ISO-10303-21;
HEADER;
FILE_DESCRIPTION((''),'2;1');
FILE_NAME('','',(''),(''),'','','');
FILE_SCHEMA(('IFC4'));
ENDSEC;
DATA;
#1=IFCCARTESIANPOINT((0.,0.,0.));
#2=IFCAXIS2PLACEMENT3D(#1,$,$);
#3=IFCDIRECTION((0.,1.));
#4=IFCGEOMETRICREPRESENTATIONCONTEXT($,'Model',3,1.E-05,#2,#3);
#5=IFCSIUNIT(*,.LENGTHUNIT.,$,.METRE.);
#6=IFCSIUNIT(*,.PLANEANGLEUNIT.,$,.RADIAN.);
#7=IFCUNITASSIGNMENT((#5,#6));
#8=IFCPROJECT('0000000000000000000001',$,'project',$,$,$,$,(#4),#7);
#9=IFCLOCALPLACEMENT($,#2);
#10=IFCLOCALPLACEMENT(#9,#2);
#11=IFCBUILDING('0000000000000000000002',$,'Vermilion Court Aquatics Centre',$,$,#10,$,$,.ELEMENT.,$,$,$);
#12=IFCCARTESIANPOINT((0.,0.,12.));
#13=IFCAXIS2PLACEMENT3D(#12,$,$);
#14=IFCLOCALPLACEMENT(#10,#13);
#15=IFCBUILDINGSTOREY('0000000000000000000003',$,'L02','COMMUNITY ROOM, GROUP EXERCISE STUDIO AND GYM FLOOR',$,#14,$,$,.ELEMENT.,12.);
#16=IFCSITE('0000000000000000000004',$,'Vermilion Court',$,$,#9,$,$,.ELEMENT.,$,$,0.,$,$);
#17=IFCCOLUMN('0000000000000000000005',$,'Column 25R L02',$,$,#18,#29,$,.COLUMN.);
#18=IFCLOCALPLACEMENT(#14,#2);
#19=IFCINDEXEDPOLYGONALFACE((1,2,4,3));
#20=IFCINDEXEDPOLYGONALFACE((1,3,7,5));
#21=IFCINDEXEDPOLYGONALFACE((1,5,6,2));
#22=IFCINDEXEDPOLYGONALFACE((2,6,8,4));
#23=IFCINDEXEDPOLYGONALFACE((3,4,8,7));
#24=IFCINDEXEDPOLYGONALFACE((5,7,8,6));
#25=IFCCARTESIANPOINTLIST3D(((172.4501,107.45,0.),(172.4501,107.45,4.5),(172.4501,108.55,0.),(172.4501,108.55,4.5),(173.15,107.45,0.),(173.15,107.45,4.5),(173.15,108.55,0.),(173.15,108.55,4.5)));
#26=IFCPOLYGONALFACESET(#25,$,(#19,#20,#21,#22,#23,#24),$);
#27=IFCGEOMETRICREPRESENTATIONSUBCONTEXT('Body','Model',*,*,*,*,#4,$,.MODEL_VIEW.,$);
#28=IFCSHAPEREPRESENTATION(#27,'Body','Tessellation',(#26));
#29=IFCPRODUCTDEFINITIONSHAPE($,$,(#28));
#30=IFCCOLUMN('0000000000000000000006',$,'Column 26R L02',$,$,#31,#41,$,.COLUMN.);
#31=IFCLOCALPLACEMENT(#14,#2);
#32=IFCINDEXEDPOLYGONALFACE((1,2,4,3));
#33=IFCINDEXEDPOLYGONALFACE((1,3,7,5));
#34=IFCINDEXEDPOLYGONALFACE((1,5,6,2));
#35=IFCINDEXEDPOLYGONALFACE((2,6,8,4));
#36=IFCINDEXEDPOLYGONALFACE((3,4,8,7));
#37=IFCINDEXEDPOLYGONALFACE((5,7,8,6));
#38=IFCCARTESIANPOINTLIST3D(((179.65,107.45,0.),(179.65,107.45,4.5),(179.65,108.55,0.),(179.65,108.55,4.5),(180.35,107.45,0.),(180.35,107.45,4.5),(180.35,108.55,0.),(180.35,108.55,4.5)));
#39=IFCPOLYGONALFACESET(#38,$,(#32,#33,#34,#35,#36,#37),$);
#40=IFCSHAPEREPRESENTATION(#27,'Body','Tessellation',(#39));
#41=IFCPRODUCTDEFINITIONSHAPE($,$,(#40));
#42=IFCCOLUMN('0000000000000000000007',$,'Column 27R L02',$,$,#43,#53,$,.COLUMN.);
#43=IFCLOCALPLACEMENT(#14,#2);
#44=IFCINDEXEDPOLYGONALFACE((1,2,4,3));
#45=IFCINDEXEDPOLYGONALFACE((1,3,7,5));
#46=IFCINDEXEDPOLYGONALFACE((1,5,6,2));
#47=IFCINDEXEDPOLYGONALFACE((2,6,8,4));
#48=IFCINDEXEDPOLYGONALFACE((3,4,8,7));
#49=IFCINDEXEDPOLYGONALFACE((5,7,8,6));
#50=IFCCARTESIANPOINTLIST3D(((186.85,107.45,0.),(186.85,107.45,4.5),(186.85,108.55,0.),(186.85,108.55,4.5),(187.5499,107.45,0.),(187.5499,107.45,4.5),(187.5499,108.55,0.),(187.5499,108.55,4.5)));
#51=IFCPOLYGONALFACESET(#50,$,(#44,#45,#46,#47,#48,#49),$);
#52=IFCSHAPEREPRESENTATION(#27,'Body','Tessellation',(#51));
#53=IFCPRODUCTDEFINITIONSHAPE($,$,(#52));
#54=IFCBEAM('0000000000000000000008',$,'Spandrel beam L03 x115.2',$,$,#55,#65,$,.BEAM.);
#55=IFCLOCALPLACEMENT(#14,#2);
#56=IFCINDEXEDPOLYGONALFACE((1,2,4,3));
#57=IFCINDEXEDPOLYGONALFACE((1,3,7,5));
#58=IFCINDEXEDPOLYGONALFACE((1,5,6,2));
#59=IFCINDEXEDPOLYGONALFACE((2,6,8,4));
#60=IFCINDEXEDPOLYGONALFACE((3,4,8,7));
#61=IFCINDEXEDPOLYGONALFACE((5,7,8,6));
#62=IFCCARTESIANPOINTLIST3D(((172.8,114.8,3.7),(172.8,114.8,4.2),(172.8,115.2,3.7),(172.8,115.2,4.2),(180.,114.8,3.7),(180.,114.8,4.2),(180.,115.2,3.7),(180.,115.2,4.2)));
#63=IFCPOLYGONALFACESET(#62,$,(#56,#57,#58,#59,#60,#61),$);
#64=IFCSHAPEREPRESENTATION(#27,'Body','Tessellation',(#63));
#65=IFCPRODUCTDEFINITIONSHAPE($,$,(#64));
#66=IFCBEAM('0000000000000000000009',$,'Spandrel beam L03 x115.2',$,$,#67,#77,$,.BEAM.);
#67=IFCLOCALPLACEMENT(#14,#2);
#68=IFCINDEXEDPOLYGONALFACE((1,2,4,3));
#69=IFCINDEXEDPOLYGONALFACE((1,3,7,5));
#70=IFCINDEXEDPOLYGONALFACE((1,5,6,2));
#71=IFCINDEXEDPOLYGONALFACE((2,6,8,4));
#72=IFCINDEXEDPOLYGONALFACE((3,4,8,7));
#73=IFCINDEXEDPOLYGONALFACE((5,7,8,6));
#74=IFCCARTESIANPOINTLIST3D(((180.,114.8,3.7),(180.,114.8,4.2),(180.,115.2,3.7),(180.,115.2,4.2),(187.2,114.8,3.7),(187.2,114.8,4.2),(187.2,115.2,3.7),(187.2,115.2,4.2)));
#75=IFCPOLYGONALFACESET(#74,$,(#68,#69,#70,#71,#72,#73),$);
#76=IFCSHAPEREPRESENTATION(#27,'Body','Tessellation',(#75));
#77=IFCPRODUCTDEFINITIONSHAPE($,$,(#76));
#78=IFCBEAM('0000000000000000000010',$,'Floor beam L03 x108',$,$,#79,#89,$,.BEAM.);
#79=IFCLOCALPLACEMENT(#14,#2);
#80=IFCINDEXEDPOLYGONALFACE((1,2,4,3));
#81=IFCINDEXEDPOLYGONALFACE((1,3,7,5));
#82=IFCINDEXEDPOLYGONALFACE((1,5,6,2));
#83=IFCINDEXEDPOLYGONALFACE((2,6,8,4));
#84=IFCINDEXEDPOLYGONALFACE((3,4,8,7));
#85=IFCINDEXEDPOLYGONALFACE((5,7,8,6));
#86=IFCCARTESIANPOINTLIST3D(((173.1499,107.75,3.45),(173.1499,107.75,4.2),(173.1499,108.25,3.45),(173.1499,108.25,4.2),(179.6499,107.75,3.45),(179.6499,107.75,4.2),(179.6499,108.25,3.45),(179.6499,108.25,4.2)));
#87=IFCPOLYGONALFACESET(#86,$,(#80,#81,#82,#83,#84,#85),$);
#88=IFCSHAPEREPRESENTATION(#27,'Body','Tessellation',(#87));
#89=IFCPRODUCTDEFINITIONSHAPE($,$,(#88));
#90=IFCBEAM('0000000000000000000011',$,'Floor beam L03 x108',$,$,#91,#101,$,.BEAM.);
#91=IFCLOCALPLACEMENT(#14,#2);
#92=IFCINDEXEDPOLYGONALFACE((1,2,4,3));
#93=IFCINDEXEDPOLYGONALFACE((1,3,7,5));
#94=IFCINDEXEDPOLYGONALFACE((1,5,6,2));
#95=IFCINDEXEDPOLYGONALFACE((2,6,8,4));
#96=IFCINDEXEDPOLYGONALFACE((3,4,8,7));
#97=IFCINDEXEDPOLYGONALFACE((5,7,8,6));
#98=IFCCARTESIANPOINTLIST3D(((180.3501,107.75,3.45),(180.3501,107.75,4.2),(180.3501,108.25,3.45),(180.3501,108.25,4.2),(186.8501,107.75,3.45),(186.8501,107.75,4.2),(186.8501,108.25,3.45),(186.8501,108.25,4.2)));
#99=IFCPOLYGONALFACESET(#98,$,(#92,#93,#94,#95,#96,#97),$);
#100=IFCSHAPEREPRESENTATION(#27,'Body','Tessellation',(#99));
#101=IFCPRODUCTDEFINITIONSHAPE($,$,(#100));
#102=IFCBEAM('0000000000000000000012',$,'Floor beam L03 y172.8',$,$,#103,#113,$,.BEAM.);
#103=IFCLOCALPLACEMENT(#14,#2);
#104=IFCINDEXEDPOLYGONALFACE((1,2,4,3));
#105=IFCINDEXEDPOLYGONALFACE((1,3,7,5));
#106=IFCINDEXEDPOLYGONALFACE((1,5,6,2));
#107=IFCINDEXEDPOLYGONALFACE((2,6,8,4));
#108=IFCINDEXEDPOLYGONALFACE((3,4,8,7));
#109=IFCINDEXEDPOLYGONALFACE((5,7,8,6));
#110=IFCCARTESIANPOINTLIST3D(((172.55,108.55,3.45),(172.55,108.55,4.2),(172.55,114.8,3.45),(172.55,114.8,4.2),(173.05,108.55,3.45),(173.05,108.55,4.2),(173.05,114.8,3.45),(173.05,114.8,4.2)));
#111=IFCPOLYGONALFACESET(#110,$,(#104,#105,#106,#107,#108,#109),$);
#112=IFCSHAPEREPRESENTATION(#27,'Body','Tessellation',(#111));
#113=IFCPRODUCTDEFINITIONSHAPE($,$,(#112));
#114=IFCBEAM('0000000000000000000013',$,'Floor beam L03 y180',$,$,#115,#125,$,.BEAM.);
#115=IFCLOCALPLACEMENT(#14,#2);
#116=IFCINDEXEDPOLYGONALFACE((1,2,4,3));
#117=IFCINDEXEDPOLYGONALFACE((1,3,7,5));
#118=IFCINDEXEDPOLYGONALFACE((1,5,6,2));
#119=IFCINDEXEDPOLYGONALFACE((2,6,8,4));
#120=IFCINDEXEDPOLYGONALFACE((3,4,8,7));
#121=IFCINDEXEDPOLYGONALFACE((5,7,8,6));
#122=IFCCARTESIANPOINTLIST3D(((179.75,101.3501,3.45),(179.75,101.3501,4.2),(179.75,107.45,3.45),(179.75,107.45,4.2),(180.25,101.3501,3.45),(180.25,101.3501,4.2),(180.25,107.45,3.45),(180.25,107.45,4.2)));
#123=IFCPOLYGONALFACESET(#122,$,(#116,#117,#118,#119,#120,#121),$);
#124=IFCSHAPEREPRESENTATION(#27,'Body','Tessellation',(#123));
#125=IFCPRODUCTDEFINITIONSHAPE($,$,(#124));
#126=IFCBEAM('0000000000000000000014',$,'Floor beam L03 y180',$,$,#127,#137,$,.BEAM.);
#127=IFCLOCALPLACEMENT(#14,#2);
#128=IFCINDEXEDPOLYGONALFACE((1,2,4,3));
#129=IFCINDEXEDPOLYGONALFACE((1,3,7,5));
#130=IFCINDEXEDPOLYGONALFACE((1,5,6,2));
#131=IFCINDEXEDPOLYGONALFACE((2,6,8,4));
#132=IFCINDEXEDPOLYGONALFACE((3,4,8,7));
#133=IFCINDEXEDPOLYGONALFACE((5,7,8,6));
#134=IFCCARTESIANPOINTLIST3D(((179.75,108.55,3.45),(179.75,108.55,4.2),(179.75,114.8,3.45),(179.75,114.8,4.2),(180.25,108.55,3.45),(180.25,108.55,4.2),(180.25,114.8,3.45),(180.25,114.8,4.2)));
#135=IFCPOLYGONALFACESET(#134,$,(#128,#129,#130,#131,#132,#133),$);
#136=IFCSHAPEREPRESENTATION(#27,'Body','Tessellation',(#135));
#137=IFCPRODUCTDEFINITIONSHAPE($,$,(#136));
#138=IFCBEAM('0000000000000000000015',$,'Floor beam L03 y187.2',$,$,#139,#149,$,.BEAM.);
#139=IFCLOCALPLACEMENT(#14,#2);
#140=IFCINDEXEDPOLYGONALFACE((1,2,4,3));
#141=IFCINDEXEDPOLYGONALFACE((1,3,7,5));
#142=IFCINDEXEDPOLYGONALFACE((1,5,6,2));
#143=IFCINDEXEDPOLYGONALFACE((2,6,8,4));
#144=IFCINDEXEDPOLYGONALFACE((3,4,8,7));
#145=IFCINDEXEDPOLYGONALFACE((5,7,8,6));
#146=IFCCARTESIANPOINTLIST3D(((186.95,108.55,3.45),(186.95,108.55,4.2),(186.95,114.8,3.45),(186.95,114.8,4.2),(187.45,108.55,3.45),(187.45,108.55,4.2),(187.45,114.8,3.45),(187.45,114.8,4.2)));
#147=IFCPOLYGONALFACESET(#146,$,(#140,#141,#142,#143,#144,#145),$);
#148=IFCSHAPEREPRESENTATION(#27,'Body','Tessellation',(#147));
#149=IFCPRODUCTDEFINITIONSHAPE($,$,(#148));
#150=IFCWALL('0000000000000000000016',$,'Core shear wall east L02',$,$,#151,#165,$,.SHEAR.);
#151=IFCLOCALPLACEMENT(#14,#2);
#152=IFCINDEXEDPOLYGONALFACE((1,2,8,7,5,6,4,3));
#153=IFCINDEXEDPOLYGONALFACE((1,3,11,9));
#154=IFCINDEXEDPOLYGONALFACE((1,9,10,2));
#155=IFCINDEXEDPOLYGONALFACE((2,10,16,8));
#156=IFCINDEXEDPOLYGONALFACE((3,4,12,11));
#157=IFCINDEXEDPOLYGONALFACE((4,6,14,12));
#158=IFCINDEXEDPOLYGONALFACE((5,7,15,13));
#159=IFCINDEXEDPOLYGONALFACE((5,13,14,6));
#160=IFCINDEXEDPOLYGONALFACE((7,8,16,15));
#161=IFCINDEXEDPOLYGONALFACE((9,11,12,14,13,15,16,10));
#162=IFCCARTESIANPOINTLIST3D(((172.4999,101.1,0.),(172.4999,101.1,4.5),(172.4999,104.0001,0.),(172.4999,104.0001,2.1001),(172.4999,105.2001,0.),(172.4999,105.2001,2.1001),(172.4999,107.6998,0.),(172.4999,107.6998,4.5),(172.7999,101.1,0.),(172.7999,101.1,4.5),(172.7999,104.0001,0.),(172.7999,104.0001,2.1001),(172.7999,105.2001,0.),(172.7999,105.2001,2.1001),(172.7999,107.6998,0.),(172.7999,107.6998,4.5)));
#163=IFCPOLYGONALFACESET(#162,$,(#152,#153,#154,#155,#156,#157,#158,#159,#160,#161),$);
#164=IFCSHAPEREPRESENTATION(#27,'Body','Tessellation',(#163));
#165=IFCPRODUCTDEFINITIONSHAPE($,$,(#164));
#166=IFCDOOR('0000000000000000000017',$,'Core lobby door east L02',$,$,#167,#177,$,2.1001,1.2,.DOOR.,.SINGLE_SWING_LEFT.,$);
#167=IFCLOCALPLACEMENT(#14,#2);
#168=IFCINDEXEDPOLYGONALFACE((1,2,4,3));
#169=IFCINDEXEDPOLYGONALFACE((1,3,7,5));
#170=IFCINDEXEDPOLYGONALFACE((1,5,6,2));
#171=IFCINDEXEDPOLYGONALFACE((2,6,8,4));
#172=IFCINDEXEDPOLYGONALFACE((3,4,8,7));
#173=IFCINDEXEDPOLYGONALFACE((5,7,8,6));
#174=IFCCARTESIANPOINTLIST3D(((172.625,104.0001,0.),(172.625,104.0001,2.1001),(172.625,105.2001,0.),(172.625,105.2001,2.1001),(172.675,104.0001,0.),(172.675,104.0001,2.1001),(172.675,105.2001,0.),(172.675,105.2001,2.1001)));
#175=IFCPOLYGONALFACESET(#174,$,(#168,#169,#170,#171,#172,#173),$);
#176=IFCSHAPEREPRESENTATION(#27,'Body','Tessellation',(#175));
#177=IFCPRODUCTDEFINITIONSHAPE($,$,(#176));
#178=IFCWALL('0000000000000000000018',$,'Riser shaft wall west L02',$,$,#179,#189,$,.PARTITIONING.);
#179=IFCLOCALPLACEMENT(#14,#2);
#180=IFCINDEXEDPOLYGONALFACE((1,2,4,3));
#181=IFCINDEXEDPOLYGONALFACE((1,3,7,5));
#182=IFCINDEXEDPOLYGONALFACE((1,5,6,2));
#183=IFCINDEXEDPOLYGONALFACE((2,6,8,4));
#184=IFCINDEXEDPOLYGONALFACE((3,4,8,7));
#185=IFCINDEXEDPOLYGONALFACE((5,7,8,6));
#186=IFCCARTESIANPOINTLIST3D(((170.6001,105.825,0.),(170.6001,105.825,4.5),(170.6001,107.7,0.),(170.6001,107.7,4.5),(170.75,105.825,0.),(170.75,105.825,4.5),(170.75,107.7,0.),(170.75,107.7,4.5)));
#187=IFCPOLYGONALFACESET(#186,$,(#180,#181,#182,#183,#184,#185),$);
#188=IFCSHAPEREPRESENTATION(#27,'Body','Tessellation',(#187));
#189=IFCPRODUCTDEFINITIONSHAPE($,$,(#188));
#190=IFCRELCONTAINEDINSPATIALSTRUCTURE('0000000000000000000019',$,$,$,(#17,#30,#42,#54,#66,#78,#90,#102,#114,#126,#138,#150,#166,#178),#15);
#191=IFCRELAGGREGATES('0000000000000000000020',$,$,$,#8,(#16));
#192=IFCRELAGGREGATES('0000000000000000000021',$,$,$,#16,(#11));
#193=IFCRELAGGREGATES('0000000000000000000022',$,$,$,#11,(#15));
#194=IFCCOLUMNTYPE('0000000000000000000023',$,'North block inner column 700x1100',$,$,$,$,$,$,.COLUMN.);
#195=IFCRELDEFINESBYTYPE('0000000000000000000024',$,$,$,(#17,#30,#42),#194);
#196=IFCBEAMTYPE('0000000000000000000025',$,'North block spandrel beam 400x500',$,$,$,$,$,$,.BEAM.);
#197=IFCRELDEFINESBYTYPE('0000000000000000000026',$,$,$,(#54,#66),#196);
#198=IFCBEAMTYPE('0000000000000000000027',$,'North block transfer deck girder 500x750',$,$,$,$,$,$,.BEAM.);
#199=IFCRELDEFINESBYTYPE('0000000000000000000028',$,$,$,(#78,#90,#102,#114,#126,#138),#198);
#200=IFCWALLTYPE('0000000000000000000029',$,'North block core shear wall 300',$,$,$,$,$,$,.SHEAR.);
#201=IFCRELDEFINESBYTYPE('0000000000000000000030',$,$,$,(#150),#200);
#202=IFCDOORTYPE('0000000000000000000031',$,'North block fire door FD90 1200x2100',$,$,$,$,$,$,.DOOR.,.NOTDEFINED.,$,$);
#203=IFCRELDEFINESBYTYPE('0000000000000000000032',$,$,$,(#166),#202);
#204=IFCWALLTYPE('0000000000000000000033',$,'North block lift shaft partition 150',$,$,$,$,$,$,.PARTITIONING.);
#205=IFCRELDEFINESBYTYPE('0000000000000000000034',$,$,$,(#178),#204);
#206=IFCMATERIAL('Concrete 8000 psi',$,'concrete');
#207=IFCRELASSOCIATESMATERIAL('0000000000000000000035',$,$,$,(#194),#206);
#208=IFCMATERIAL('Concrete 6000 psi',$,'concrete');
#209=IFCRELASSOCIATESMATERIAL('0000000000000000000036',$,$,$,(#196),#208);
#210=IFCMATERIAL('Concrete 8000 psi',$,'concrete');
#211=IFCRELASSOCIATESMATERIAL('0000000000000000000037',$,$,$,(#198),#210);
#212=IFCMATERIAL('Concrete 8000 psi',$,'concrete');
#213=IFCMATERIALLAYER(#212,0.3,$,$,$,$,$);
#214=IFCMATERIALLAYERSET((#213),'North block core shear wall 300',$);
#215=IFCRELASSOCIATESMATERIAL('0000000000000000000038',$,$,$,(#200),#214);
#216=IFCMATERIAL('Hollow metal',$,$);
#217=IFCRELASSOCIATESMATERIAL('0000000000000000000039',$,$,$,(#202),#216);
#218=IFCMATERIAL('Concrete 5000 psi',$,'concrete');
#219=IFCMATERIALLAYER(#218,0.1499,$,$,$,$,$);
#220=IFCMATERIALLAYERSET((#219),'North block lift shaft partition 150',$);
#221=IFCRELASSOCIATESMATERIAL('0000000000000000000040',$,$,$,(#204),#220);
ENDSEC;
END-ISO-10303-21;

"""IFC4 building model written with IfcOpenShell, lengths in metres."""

from ifc_helpers import new_model, si_unit, direction, frame, frame_2d, origin, origin_2d, place, context, subcontext, project, spatial, rectangle, extrude, material, layer, layer_set, material_profile, profile_set, type_object, element, fill, save


model = new_model("IFC4")

# Units and contexts
model_context = context("Model", 3, precision=1e-05, world=origin(), true_north=direction((0.0, 1.0)))
body_context = subcontext(model_context, "Body", "Model", "MODEL_VIEW")
ifc_project = project(units=[si_unit("LENGTHUNIT", "METRE"), si_unit("PLANEANGLEUNIT", "RADIAN")], contexts=[model_context])

# Site, building, storey
site_placement = place(None, origin())
site = spatial("IfcSite", under=ifc_project, at=site_placement, Name="Vermilion Court", CompositionType="ELEMENT", RefElevation=0.0)
building_placement = place(site_placement, origin())
building = spatial("IfcBuilding", under=site, at=building_placement, Name="Vermilion Court Aquatics Centre", CompositionType="ELEMENT")
storey_placement = place(building_placement, frame((0.0, 0.0, 12.0)))
storey = spatial("IfcBuildingStorey", under=building, at=storey_placement, Name="L02", Description="COMMUNITY ROOM, GROUP EXERCISE STUDIO AND GYM FLOOR", CompositionType="ELEMENT", Elevation=12.0)

# Columns
ifc_material_1 = material(Name="Concrete 8000 psi", Category="concrete")
ifc_material_profile_1 = material_profile(ifc_material_1, rectangle(XDim=0.7, YDim=1.1001, at=origin_2d()), Name="RC 700x1100")
ifc_profile_set_1 = profile_set([ifc_material_profile_1], Name="Concrete 8000 psi")
column_type = type_object("IfcColumnType", Name="North block inner column 700x1100", PredefinedType="COLUMN", material=ifc_profile_set_1)
for number, where, z_axis, x_axis, name in (
    (1, (172.8, 108.0, 0.0), (0.0, 0.0, 1.0), (1.0, 0.0, 0.0), "Column 25R L02"),
    (2, (180.0, 108.0, 0.0), (0.0, 0.0, 1.0), (1.0, 0.0, 0.0), "Column 26R L02"),
    (3, (187.2, 108.0, 0.0), (0.0, 0.0, 1.0), (1.0, 0.0, 0.0), "Column 27R L02"),
):
    element("IfcColumn", number, at=place(storey_placement, frame(where, z_axis=z_axis, x_axis=x_axis)), inside=storey, type_object=column_type, Name=name, PredefinedType="COLUMN", context=body_context, shape_type="SweptSolid", body=[
        extrude(rectangle(XDim=0.7, YDim=1.1001, at=origin_2d()), origin(), (0.0, 0.0, 1.0), 4.5),
    ])

# Beams
ifc_material_2 = material(Name="Concrete 6000 psi", Category="concrete")
ifc_material_profile_2 = material_profile(ifc_material_2, rectangle(XDim=0.3999, YDim=0.5, at=origin_2d()), Name="RC 400x500")
ifc_profile_set_2 = profile_set([ifc_material_profile_2], Name="Concrete 6000 psi")
beam_type_1 = type_object("IfcBeamType", Name="North block spandrel beam 400x500", PredefinedType="BEAM", material=ifc_profile_set_2)
for number, where, z_axis, x_axis, name in (
    (4, (172.8, 115.0, 3.95), (1.0, 0.0, 0.0), (0.0, 1.0, 0.0), "Spandrel beam L03 x115.2"),
    (5, (180.0, 115.0, 3.95), (1.0, 0.0, 0.0), (0.0, 1.0, 0.0), "Spandrel beam L03 x115.2"),
):
    element("IfcBeam", number, at=place(storey_placement, frame(where, z_axis=z_axis, x_axis=x_axis)), inside=storey, type_object=beam_type_1, Name=name, PredefinedType="BEAM", context=body_context, shape_type="SweptSolid", body=[
        extrude(rectangle(XDim=0.3999, YDim=0.5, at=origin_2d()), origin(), (0.0, 0.0, 1.0), 7.2),
    ])
ifc_material_3 = material(Name="Concrete 8000 psi", Category="concrete")
ifc_material_profile_3 = material_profile(ifc_material_3, rectangle(XDim=0.5, YDim=0.75, at=origin_2d()), Name="RC 500x750")
ifc_profile_set_3 = profile_set([ifc_material_profile_3], Name="Concrete 8000 psi")
beam_type_2 = type_object("IfcBeamType", Name="North block transfer deck girder 500x750", PredefinedType="BEAM", material=ifc_profile_set_3)
for number, where, z_axis, x_axis, name in (
    (6, (173.1499, 108.0, 3.825), (1.0, 0.0, 0.0), (0.0, 1.0, 0.0), "Floor beam L03 x108"),
    (7, (180.3501, 108.0, 3.825), (1.0, 0.0, 0.0), (0.0, 1.0, 0.0), "Floor beam L03 x108"),
):
    element("IfcBeam", number, at=place(storey_placement, frame(where, z_axis=z_axis, x_axis=x_axis)), inside=storey, type_object=beam_type_2, Name=name, PredefinedType="BEAM", context=body_context, shape_type="SweptSolid", body=[
        extrude(rectangle(XDim=0.5, YDim=0.75, at=origin_2d()), origin(), (0.0, 0.0, 1.0), 6.5),
    ])
beam_1_placement = place(storey_placement, frame((172.8, 108.55, 3.825), z_axis=(0.0, 1.0, 0.0), x_axis=(-1.0, 0.0, 0.0)))
element("IfcBeam", 8, at=beam_1_placement, inside=storey, type_object=beam_type_2, Name="Floor beam L03 y172.8", PredefinedType="BEAM", context=body_context, shape_type="SweptSolid", body=[
    extrude(rectangle(XDim=0.5, YDim=0.75, at=origin_2d()), origin(), (0.0, 0.0, 1.0), 6.25),
])
beam_2_placement = place(storey_placement, frame((180.0, 101.3501, 3.825), z_axis=(0.0, 1.0, 0.0), x_axis=(-1.0, 0.0, 0.0)))
element("IfcBeam", 9, at=beam_2_placement, inside=storey, type_object=beam_type_2, Name="Floor beam L03 y180", PredefinedType="BEAM", context=body_context, shape_type="SweptSolid", body=[
    extrude(rectangle(XDim=0.5, YDim=0.75, at=origin_2d()), origin(), (0.0, 0.0, 1.0), 6.0999),
])
for number, where, z_axis, x_axis, name in (
    (10, (180.0, 108.55, 3.825), (0.0, 1.0, 0.0), (-1.0, 0.0, 0.0), "Floor beam L03 y180"),
    (11, (187.2, 108.55, 3.825), (0.0, 1.0, 0.0), (-1.0, 0.0, 0.0), "Floor beam L03 y187.2"),
):
    element("IfcBeam", number, at=place(storey_placement, frame(where, z_axis=z_axis, x_axis=x_axis)), inside=storey, type_object=beam_type_2, Name=name, PredefinedType="BEAM", context=body_context, shape_type="SweptSolid", body=[
        extrude(rectangle(XDim=0.5, YDim=0.75, at=origin_2d()), origin(), (0.0, 0.0, 1.0), 6.25),
    ])

# Wall, opening, door
ifc_material_4 = material(Name="Concrete 8000 psi", Category="concrete")
ifc_layer_1 = layer(ifc_material_4, 0.3)
ifc_layer_set_1 = layer_set([ifc_layer_1], Name="North block core shear wall 300")
wall_type_1 = type_object("IfcWallType", Name="North block core shear wall 300", PredefinedType="SHEAR", material=ifc_layer_set_1)
wall_1_placement = place(storey_placement, frame((172.6499, 101.1001, 0.0), z_axis=(0.0, 0.0, 1.0), x_axis=(0.0, 1.0, 0.0)))
wall_1 = element("IfcWall", 12, at=wall_1_placement, inside=storey, type_object=wall_type_1, Name="Core shear wall east L02", PredefinedType="SHEAR", context=body_context, shape_type="SweptSolid", body=[
    extrude(rectangle(XDim=6.5999, YDim=0.3, at=frame_2d((3.2998, 0.0))), origin(), (0.0, 0.0, 1.0), 4.5),
])
opening_1_placement = place(wall_1_placement, frame((2.8999, 0.0, 0.0)))
opening_1 = element("IfcOpeningElement", 13, at=opening_1_placement, cuts=wall_1, PredefinedType="OPENING", context=body_context, shape_type="SweptSolid", body=[
    extrude(rectangle(XDim=1.2, YDim=2.1001, at=frame_2d((0.6001, 1.05))), frame((0.0, 0.1599, 0.0), z_axis=(0.0, -1.0, 0.0), x_axis=(1.0, 0.0, 0.0)), (0.0, 0.0, 1.0), 0.3201),
])
ifc_material_5 = material(Name="Hollow metal")
door_type_1 = type_object("IfcDoorType", Name="North block fire door FD90 1200x2100", OperationType="NOTDEFINED", PredefinedType="DOOR", material=ifc_material_5)
door_1_placement = place(opening_1_placement, origin())
door_1 = element("IfcDoor", 14, at=door_1_placement, inside=storey, type_object=door_type_1, Name="Core lobby door east L02", OperationType="SINGLE_SWING_LEFT", OverallHeight=2.1001, OverallWidth=1.2, PredefinedType="DOOR", context=body_context, shape_type="SweptSolid", body=[
    extrude(rectangle(XDim=1.2, YDim=2.1001, at=frame_2d((0.6001, 1.05))), frame((0.0, 0.0249, 0.0), z_axis=(0.0, -1.0, 0.0), x_axis=(1.0, 0.0, 0.0)), (0.0, 0.0, 1.0), 0.05),
])
fill(opening_1, door_1)

# Wall
ifc_material_6 = material(Name="Concrete 5000 psi", Category="concrete")
ifc_layer_2 = layer(ifc_material_6, 0.1499)
ifc_layer_set_2 = layer_set([ifc_layer_2], Name="North block lift shaft partition 150")
wall_type_2 = type_object("IfcWallType", Name="North block lift shaft partition 150", PredefinedType="PARTITIONING", material=ifc_layer_set_2)
wall_2_placement = place(storey_placement, frame((170.675, 105.825, 0.0), z_axis=(0.0, 0.0, 1.0), x_axis=(0.0, 1.0, 0.0)))
element("IfcWall", 15, at=wall_2_placement, inside=storey, type_object=wall_type_2, Name="Riser shaft wall west L02", PredefinedType="PARTITIONING", context=body_context, shape_type="SweptSolid", body=[
    extrude(rectangle(XDim=1.875, YDim=0.1499, at=frame_2d((0.9375, 0.0))), origin(), (0.0, 0.0, 1.0), 4.5),
])

save(model, "model.ifc")
